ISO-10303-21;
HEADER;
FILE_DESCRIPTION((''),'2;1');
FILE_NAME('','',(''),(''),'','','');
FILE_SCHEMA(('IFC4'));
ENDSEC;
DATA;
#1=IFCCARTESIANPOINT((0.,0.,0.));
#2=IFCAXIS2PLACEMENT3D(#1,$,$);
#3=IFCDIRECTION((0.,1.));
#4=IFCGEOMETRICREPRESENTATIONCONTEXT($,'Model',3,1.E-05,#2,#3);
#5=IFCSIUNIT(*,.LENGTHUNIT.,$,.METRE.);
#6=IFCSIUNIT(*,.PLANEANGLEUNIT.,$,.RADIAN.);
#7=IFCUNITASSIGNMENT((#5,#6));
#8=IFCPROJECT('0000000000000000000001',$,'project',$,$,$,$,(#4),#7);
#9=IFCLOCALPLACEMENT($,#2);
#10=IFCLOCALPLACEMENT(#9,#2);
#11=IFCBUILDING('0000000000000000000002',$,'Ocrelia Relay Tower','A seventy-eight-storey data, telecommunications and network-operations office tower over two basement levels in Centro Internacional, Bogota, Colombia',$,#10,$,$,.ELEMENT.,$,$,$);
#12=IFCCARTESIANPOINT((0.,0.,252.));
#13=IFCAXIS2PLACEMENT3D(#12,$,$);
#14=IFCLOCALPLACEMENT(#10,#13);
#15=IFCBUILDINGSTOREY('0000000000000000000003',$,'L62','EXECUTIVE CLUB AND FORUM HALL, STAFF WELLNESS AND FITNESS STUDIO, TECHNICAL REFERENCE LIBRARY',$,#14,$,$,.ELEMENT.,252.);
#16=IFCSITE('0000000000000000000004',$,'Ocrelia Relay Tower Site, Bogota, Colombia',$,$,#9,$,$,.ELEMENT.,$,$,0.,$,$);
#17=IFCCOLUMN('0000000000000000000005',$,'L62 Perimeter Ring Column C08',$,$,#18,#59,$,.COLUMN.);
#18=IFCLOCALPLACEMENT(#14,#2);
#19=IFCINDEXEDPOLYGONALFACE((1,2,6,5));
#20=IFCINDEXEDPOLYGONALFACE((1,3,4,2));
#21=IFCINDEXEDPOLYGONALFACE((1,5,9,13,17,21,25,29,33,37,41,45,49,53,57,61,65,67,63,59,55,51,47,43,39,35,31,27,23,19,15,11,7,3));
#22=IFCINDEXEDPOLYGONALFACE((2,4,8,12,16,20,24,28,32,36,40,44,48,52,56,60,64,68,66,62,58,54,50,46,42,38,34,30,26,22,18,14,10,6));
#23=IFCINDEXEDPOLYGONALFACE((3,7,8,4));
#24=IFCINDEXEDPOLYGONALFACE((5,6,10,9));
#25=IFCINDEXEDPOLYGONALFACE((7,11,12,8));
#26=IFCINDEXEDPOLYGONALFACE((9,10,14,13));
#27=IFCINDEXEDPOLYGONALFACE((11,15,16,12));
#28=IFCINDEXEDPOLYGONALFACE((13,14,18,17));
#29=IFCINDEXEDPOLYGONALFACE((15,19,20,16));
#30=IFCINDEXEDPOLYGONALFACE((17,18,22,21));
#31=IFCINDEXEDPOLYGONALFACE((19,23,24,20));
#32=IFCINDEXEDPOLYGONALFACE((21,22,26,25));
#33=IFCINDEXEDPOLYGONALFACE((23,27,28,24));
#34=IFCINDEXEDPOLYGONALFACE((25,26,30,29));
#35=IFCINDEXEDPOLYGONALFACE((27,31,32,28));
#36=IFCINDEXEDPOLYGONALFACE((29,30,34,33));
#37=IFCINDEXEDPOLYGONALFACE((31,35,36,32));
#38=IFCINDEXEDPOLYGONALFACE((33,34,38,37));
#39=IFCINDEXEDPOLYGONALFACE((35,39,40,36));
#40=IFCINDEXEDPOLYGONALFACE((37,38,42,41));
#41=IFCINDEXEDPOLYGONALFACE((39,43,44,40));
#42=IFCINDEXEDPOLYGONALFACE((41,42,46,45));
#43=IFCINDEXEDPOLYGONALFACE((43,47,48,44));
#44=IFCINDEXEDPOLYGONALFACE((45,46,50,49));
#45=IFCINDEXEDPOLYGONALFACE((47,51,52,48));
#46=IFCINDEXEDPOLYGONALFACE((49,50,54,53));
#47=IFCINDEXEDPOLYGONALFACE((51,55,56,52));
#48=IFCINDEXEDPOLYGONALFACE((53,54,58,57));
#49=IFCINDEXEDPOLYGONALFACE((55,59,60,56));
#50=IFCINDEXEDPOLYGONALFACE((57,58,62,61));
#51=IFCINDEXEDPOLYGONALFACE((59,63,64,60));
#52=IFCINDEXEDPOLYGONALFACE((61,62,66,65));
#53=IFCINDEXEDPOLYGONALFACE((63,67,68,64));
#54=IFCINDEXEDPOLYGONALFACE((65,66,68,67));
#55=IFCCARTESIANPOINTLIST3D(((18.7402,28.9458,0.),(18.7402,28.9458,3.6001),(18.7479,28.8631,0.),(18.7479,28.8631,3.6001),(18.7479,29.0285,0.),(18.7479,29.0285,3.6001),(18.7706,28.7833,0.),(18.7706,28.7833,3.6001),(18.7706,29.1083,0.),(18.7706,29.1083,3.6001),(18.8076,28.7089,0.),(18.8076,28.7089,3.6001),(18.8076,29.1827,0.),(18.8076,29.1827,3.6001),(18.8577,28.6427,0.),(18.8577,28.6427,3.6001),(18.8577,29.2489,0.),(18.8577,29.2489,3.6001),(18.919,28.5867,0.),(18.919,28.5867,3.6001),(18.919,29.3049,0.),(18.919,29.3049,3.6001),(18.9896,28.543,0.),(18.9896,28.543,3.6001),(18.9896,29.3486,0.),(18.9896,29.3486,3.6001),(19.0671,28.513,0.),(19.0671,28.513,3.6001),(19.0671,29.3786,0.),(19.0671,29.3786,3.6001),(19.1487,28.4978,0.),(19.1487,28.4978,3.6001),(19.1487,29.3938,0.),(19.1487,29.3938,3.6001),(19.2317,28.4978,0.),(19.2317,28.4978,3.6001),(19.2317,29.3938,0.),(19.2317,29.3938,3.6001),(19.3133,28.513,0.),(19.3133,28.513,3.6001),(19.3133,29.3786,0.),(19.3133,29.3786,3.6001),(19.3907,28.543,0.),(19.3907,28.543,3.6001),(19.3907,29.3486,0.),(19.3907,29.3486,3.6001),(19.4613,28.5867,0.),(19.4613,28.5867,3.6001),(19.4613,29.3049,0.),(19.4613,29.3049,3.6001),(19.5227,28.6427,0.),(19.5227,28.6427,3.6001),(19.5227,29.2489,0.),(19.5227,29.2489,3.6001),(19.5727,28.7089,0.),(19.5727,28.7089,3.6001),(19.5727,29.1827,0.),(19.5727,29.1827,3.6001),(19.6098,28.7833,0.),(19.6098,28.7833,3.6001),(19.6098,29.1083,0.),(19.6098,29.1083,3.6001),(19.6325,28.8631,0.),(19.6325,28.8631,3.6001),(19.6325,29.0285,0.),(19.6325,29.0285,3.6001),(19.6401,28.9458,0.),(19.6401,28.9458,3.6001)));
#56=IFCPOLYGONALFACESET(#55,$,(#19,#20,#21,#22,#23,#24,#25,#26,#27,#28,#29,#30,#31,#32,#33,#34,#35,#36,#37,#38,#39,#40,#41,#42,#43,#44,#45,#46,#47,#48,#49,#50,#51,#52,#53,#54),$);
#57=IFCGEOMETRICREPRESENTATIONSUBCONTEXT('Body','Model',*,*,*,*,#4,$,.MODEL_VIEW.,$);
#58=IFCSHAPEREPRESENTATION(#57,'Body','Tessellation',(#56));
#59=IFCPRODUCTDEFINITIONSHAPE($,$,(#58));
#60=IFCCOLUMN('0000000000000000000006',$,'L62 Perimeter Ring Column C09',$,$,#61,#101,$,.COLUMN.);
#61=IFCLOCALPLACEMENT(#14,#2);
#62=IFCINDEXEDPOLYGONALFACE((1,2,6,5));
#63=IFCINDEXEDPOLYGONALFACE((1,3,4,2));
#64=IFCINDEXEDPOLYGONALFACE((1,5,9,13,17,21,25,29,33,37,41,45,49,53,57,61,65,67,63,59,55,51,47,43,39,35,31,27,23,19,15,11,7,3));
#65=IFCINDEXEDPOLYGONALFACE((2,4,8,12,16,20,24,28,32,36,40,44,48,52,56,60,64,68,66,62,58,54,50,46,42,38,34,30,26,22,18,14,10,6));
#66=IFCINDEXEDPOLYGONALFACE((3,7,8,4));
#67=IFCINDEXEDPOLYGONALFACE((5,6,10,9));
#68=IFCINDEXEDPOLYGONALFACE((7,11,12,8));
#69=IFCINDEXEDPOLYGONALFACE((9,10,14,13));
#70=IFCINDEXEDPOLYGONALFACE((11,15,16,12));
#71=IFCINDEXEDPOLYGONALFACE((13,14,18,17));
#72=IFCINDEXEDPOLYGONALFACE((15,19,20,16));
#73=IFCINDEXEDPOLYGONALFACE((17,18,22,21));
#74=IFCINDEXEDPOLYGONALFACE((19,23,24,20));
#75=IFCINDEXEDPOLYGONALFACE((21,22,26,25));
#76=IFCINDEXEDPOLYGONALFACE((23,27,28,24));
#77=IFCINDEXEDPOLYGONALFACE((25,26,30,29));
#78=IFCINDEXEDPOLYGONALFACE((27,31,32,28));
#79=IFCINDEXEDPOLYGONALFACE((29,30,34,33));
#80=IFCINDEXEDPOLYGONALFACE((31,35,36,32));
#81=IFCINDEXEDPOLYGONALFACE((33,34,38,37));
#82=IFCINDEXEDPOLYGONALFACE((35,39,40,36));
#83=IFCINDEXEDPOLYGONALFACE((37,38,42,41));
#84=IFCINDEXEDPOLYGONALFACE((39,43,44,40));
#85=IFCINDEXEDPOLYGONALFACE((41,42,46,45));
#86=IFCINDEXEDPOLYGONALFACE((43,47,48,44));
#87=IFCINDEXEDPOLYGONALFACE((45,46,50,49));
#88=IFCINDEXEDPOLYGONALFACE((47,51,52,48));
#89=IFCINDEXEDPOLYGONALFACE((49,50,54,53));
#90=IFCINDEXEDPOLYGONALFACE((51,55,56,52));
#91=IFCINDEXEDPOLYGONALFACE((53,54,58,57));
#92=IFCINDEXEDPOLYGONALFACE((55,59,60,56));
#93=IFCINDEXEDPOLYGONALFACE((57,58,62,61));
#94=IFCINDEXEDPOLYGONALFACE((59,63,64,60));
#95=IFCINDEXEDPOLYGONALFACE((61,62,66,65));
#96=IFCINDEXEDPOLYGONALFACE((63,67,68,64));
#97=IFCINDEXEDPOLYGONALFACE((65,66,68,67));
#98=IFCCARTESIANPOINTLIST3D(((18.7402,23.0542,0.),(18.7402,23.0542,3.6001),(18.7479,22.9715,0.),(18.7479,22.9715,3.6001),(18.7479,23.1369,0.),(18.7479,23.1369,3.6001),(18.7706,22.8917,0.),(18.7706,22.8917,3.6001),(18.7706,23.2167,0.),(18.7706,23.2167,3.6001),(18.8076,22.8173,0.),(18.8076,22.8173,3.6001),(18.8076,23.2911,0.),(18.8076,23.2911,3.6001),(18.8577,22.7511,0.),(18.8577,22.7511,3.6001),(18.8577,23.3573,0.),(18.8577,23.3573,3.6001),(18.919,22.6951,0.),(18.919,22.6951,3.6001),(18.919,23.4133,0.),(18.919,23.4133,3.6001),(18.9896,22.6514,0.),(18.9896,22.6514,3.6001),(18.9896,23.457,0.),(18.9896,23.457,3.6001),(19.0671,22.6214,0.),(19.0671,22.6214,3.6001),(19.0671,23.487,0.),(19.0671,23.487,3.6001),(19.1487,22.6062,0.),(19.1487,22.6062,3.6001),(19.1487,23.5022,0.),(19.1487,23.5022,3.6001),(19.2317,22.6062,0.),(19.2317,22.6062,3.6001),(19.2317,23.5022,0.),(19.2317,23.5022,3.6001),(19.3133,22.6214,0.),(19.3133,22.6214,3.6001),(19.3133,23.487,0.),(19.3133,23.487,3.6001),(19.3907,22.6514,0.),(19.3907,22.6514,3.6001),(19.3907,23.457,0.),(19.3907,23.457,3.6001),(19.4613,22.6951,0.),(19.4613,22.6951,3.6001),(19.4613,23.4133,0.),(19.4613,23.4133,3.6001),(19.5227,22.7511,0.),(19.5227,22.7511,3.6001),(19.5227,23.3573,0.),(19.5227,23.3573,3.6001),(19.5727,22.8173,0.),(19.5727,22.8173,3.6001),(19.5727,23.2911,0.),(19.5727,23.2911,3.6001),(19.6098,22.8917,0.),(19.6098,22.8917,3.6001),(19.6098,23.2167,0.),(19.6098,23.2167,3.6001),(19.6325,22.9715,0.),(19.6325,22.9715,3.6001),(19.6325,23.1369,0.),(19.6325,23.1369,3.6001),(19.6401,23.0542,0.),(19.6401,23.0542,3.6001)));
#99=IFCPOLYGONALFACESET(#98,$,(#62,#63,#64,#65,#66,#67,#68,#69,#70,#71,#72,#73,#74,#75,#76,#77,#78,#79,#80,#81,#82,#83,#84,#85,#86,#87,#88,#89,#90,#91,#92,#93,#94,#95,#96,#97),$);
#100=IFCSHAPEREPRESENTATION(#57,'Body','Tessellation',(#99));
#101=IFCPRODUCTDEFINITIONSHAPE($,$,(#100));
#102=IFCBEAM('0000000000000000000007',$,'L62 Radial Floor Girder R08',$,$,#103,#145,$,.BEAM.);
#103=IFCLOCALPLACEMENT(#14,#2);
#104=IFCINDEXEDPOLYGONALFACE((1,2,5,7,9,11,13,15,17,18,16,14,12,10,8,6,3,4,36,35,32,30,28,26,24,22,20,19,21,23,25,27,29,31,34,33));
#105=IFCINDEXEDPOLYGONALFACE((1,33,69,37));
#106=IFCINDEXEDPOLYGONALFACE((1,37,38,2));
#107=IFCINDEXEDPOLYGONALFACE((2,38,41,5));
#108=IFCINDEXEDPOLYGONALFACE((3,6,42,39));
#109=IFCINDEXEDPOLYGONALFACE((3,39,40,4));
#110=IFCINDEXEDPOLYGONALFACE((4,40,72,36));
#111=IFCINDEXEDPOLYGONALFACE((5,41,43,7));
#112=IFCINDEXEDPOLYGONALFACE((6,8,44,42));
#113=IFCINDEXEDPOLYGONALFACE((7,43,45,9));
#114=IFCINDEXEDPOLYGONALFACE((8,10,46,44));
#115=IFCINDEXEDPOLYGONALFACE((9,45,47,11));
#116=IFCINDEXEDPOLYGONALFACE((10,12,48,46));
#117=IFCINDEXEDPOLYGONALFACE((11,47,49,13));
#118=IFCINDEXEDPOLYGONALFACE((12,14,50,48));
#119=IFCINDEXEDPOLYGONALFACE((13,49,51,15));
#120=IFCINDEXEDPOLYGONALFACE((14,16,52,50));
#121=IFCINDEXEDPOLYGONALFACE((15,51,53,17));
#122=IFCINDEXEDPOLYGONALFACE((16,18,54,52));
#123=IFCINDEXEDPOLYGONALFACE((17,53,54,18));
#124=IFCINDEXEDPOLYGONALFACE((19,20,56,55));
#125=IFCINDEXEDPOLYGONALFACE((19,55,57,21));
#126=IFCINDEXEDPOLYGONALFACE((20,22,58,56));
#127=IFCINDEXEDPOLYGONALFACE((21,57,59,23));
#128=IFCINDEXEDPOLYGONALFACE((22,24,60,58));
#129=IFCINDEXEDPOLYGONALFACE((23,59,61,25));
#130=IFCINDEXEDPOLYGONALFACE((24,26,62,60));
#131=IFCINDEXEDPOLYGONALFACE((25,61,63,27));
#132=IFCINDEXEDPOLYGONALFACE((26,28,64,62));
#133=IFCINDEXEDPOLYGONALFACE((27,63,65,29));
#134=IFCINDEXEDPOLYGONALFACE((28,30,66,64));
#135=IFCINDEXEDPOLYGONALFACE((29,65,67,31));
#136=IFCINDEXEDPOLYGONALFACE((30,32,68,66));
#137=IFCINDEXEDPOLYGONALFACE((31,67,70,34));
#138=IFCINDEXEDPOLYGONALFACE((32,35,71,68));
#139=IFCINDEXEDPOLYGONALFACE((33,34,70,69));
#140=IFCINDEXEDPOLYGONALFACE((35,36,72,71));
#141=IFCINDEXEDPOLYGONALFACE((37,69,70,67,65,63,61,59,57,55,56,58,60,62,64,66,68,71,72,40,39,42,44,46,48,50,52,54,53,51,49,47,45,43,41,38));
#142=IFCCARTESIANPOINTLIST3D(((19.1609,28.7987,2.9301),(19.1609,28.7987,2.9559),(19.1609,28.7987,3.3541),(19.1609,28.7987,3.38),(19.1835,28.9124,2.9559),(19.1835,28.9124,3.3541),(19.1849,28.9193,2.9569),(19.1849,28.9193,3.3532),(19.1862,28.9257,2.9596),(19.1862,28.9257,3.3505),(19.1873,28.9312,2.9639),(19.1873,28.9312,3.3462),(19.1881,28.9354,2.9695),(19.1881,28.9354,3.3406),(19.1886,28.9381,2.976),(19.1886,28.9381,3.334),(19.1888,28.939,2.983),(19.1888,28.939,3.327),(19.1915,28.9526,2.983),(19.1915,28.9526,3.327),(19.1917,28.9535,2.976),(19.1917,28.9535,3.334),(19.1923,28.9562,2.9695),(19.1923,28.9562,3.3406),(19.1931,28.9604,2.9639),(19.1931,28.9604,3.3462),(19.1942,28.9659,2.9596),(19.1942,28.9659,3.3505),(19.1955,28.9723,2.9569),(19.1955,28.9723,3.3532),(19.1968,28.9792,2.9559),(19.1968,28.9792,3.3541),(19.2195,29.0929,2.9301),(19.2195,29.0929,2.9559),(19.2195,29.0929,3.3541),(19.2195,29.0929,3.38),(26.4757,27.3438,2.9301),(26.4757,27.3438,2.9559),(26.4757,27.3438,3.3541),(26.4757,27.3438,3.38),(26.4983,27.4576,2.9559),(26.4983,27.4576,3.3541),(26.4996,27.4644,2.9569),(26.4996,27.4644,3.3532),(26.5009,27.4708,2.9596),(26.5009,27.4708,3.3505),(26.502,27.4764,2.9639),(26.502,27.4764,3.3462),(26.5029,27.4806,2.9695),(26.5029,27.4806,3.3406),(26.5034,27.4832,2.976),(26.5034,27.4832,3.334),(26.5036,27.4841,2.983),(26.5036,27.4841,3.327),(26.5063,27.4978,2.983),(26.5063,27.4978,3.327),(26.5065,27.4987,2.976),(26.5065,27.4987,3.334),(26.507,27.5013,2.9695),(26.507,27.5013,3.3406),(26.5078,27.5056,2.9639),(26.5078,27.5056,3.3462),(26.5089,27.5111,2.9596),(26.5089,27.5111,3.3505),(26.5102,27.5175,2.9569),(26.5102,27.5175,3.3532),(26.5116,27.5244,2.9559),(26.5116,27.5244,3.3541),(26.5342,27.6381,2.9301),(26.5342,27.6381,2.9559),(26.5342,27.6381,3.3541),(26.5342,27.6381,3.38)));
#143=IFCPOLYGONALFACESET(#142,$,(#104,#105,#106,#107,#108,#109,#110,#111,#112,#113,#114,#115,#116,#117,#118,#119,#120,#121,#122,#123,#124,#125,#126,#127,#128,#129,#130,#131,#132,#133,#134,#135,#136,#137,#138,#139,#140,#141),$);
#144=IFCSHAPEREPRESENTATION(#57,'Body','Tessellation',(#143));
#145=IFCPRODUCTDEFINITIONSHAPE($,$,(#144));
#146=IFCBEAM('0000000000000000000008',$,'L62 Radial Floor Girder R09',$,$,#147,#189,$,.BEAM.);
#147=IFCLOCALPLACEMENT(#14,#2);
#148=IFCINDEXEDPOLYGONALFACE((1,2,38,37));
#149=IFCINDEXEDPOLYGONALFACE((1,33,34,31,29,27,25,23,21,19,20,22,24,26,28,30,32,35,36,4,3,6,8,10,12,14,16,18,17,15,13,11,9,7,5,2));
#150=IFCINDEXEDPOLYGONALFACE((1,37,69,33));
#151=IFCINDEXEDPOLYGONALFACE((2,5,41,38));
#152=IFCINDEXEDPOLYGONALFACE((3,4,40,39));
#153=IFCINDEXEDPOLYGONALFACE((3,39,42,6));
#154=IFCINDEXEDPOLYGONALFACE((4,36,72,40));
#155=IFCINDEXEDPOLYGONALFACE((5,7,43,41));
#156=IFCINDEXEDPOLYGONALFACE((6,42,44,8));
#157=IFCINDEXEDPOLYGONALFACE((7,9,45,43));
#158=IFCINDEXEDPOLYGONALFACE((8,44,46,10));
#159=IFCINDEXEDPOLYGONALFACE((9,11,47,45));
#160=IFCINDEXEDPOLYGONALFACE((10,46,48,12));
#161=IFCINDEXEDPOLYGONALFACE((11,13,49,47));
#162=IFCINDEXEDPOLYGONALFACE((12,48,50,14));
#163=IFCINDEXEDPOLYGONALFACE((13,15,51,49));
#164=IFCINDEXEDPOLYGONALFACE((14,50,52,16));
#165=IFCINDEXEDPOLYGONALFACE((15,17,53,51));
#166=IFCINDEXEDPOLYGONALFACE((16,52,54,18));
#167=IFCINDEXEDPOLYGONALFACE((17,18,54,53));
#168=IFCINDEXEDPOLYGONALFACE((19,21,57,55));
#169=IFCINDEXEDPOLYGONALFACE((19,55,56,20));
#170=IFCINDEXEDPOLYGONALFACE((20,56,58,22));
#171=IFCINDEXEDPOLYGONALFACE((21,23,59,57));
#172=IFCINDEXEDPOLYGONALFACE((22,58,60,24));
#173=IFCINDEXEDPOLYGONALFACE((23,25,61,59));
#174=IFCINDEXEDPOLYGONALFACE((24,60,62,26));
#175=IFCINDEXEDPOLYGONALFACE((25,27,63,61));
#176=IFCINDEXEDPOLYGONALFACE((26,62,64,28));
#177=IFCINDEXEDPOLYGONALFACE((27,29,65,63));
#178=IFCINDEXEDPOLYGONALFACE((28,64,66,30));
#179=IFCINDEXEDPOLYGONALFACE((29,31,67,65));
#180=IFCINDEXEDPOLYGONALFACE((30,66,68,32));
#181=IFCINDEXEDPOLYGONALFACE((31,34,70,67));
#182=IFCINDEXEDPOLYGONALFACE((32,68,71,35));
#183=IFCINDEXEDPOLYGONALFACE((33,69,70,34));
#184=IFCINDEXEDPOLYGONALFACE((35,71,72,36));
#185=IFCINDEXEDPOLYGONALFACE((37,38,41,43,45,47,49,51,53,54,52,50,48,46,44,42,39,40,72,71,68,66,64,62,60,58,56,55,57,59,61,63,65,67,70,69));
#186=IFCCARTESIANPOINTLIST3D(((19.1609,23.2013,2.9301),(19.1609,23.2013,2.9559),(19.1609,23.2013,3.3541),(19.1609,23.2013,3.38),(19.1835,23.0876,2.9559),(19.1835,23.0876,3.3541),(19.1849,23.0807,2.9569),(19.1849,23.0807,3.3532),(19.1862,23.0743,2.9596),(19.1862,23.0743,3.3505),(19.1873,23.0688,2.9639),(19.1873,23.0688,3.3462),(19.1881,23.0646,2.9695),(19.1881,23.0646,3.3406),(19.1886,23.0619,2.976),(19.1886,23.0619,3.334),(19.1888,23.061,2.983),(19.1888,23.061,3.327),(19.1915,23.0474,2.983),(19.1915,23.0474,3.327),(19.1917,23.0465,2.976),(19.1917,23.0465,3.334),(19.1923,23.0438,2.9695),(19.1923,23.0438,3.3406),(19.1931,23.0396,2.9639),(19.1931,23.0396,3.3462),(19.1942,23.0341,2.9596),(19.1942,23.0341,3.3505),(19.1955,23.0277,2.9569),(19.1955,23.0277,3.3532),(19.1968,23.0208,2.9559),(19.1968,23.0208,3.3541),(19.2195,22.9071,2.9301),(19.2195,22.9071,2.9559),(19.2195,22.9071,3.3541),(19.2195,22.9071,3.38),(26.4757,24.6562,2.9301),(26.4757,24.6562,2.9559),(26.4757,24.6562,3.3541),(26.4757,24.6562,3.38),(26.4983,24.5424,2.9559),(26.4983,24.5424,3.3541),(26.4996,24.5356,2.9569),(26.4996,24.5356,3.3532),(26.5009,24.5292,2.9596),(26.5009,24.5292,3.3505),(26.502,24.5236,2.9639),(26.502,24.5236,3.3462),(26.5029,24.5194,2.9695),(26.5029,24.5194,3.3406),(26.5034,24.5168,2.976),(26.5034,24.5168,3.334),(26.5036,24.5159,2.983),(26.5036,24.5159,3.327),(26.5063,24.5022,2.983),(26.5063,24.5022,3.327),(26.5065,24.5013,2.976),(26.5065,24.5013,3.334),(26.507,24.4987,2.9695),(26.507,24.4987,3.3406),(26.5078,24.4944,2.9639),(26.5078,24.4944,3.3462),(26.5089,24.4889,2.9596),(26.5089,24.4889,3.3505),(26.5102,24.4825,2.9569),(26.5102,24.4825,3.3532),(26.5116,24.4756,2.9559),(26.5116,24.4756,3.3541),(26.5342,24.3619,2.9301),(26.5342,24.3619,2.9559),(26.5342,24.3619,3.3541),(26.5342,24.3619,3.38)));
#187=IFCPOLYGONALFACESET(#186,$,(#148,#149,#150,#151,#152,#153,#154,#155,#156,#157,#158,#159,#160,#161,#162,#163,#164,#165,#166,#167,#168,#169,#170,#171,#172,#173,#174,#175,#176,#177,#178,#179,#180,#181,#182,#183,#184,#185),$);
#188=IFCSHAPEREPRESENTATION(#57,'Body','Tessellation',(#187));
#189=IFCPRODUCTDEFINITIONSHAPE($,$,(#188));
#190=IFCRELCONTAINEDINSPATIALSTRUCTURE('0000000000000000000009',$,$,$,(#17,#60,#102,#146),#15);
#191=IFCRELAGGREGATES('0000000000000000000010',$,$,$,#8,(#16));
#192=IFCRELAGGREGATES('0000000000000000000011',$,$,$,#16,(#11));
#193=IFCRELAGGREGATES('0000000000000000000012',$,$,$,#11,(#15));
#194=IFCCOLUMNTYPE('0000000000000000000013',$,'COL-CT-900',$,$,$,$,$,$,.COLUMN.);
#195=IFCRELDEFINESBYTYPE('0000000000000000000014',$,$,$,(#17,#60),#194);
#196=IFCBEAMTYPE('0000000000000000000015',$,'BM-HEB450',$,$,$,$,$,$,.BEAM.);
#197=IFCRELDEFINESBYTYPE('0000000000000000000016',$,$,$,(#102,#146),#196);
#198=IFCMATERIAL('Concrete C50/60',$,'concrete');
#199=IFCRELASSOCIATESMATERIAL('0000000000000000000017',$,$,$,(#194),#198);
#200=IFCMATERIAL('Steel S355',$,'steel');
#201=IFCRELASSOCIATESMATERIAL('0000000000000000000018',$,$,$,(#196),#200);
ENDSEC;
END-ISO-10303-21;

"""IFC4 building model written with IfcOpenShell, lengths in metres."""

from ifc_helpers import new_model, si_unit, direction, frame, origin, origin_2d, place, context, subcontext, project, spatial, circle, i_section, extrude, material, material_profile, profile_set, type_object, element, save


model = new_model("IFC4")

# Units and contexts
model_context = context("Model", 3, precision=1e-05, world=origin(), true_north=direction((0.0, 1.0)))
body_context = subcontext(model_context, "Body", "Model", "MODEL_VIEW")
ifc_project = project(units=[si_unit("LENGTHUNIT", "METRE"), si_unit("PLANEANGLEUNIT", "RADIAN")], contexts=[model_context])

# Site, building, storey
site_placement = place(None, origin())
site = spatial("IfcSite", under=ifc_project, at=site_placement, Name="Ocrelia Relay Tower Site, Bogota, Colombia", CompositionType="ELEMENT", RefElevation=0.0)
building_placement = place(site_placement, origin())
building = spatial("IfcBuilding", under=site, at=building_placement, Name="Ocrelia Relay Tower", Description="A seventy-eight-storey data, telecommunications and network-operations office tower over two basement levels in Centro Internacional, Bogota, Colombia", CompositionType="ELEMENT")
storey_placement = place(building_placement, frame((0.0, 0.0, 252.0)))
storey = spatial("IfcBuildingStorey", under=building, at=storey_placement, Name="L62", Description="EXECUTIVE CLUB AND FORUM HALL, STAFF WELLNESS AND FITNESS STUDIO, TECHNICAL REFERENCE LIBRARY", CompositionType="ELEMENT", Elevation=252.0)

# Columns
ifc_material_1 = material(Name="Concrete C50/60", Category="concrete")
ifc_material_profile_1 = material_profile(ifc_material_1, circle(Radius=0.45, at=origin_2d()), Name="RC-CIR-900")
ifc_profile_set_1 = profile_set([ifc_material_profile_1], Name="Concrete C50/60")
column_type = type_object("IfcColumnType", Name="COL-CT-900", PredefinedType="COLUMN", material=ifc_profile_set_1)
for number, where, z_axis, x_axis, name in (
    (1, (19.1902, 28.9458, 0.0), (0.0, 0.0, 1.0), (1.0, 0.0, 0.0), "L62 Perimeter Ring Column C08"),
    (2, (19.1902, 23.0542, 0.0), (0.0, 0.0, 1.0), (1.0, 0.0, 0.0), "L62 Perimeter Ring Column C09"),
):
    element("IfcColumn", number, at=place(storey_placement, frame(where, z_axis=z_axis, x_axis=x_axis)), inside=storey, type_object=column_type, Name=name, PredefinedType="COLUMN", context=body_context, shape_type="SweptSolid", body=[
        extrude(circle(Radius=0.45, at=origin_2d()), origin(), (0.0, 0.0, 1.0), 3.6001),
    ])

# Beams
ifc_material_2 = material(Name="Steel S355", Category="steel")
ifc_material_profile_2 = material_profile(ifc_material_2, i_section(OverallWidth=0.3, OverallDepth=0.45, WebThickness=0.0139, FlangeThickness=0.0259, FilletRadius=0.0271, at=origin_2d()), Name="HEB 450")
ifc_profile_set_2 = profile_set([ifc_material_profile_2], Name="Steel S355")
beam_type_1 = type_object("IfcBeamType", Name="BM-HEB450", PredefinedType="BEAM", material=ifc_profile_set_2)
for number, where, z_axis, x_axis, name in (
    (3, (19.1902, 28.9458, 3.155), (0.980789, -0.195071, 0.0), (0.195071, 0.980789, 0.0), "L62 Radial Floor Girder R08"),
    (4, (19.1902, 23.0542, 3.155), (0.980789, 0.195071, 0.0), (-0.195071, 0.980789, 0.0), "L62 Radial Floor Girder R09"),
):
    element("IfcBeam", number, at=place(storey_placement, frame(where, z_axis=z_axis, x_axis=x_axis)), inside=storey, type_object=beam_type_1, Name=name, PredefinedType="BEAM", context=body_context, shape_type="SweptSolid", body=[
        extrude(i_section(OverallWidth=0.3, OverallDepth=0.45, WebThickness=0.0139, FlangeThickness=0.0259, FilletRadius=0.0271, at=origin_2d()), origin(), (0.0, 0.0, 1.0), 7.458),
    ])

save(model, "model.ifc")
